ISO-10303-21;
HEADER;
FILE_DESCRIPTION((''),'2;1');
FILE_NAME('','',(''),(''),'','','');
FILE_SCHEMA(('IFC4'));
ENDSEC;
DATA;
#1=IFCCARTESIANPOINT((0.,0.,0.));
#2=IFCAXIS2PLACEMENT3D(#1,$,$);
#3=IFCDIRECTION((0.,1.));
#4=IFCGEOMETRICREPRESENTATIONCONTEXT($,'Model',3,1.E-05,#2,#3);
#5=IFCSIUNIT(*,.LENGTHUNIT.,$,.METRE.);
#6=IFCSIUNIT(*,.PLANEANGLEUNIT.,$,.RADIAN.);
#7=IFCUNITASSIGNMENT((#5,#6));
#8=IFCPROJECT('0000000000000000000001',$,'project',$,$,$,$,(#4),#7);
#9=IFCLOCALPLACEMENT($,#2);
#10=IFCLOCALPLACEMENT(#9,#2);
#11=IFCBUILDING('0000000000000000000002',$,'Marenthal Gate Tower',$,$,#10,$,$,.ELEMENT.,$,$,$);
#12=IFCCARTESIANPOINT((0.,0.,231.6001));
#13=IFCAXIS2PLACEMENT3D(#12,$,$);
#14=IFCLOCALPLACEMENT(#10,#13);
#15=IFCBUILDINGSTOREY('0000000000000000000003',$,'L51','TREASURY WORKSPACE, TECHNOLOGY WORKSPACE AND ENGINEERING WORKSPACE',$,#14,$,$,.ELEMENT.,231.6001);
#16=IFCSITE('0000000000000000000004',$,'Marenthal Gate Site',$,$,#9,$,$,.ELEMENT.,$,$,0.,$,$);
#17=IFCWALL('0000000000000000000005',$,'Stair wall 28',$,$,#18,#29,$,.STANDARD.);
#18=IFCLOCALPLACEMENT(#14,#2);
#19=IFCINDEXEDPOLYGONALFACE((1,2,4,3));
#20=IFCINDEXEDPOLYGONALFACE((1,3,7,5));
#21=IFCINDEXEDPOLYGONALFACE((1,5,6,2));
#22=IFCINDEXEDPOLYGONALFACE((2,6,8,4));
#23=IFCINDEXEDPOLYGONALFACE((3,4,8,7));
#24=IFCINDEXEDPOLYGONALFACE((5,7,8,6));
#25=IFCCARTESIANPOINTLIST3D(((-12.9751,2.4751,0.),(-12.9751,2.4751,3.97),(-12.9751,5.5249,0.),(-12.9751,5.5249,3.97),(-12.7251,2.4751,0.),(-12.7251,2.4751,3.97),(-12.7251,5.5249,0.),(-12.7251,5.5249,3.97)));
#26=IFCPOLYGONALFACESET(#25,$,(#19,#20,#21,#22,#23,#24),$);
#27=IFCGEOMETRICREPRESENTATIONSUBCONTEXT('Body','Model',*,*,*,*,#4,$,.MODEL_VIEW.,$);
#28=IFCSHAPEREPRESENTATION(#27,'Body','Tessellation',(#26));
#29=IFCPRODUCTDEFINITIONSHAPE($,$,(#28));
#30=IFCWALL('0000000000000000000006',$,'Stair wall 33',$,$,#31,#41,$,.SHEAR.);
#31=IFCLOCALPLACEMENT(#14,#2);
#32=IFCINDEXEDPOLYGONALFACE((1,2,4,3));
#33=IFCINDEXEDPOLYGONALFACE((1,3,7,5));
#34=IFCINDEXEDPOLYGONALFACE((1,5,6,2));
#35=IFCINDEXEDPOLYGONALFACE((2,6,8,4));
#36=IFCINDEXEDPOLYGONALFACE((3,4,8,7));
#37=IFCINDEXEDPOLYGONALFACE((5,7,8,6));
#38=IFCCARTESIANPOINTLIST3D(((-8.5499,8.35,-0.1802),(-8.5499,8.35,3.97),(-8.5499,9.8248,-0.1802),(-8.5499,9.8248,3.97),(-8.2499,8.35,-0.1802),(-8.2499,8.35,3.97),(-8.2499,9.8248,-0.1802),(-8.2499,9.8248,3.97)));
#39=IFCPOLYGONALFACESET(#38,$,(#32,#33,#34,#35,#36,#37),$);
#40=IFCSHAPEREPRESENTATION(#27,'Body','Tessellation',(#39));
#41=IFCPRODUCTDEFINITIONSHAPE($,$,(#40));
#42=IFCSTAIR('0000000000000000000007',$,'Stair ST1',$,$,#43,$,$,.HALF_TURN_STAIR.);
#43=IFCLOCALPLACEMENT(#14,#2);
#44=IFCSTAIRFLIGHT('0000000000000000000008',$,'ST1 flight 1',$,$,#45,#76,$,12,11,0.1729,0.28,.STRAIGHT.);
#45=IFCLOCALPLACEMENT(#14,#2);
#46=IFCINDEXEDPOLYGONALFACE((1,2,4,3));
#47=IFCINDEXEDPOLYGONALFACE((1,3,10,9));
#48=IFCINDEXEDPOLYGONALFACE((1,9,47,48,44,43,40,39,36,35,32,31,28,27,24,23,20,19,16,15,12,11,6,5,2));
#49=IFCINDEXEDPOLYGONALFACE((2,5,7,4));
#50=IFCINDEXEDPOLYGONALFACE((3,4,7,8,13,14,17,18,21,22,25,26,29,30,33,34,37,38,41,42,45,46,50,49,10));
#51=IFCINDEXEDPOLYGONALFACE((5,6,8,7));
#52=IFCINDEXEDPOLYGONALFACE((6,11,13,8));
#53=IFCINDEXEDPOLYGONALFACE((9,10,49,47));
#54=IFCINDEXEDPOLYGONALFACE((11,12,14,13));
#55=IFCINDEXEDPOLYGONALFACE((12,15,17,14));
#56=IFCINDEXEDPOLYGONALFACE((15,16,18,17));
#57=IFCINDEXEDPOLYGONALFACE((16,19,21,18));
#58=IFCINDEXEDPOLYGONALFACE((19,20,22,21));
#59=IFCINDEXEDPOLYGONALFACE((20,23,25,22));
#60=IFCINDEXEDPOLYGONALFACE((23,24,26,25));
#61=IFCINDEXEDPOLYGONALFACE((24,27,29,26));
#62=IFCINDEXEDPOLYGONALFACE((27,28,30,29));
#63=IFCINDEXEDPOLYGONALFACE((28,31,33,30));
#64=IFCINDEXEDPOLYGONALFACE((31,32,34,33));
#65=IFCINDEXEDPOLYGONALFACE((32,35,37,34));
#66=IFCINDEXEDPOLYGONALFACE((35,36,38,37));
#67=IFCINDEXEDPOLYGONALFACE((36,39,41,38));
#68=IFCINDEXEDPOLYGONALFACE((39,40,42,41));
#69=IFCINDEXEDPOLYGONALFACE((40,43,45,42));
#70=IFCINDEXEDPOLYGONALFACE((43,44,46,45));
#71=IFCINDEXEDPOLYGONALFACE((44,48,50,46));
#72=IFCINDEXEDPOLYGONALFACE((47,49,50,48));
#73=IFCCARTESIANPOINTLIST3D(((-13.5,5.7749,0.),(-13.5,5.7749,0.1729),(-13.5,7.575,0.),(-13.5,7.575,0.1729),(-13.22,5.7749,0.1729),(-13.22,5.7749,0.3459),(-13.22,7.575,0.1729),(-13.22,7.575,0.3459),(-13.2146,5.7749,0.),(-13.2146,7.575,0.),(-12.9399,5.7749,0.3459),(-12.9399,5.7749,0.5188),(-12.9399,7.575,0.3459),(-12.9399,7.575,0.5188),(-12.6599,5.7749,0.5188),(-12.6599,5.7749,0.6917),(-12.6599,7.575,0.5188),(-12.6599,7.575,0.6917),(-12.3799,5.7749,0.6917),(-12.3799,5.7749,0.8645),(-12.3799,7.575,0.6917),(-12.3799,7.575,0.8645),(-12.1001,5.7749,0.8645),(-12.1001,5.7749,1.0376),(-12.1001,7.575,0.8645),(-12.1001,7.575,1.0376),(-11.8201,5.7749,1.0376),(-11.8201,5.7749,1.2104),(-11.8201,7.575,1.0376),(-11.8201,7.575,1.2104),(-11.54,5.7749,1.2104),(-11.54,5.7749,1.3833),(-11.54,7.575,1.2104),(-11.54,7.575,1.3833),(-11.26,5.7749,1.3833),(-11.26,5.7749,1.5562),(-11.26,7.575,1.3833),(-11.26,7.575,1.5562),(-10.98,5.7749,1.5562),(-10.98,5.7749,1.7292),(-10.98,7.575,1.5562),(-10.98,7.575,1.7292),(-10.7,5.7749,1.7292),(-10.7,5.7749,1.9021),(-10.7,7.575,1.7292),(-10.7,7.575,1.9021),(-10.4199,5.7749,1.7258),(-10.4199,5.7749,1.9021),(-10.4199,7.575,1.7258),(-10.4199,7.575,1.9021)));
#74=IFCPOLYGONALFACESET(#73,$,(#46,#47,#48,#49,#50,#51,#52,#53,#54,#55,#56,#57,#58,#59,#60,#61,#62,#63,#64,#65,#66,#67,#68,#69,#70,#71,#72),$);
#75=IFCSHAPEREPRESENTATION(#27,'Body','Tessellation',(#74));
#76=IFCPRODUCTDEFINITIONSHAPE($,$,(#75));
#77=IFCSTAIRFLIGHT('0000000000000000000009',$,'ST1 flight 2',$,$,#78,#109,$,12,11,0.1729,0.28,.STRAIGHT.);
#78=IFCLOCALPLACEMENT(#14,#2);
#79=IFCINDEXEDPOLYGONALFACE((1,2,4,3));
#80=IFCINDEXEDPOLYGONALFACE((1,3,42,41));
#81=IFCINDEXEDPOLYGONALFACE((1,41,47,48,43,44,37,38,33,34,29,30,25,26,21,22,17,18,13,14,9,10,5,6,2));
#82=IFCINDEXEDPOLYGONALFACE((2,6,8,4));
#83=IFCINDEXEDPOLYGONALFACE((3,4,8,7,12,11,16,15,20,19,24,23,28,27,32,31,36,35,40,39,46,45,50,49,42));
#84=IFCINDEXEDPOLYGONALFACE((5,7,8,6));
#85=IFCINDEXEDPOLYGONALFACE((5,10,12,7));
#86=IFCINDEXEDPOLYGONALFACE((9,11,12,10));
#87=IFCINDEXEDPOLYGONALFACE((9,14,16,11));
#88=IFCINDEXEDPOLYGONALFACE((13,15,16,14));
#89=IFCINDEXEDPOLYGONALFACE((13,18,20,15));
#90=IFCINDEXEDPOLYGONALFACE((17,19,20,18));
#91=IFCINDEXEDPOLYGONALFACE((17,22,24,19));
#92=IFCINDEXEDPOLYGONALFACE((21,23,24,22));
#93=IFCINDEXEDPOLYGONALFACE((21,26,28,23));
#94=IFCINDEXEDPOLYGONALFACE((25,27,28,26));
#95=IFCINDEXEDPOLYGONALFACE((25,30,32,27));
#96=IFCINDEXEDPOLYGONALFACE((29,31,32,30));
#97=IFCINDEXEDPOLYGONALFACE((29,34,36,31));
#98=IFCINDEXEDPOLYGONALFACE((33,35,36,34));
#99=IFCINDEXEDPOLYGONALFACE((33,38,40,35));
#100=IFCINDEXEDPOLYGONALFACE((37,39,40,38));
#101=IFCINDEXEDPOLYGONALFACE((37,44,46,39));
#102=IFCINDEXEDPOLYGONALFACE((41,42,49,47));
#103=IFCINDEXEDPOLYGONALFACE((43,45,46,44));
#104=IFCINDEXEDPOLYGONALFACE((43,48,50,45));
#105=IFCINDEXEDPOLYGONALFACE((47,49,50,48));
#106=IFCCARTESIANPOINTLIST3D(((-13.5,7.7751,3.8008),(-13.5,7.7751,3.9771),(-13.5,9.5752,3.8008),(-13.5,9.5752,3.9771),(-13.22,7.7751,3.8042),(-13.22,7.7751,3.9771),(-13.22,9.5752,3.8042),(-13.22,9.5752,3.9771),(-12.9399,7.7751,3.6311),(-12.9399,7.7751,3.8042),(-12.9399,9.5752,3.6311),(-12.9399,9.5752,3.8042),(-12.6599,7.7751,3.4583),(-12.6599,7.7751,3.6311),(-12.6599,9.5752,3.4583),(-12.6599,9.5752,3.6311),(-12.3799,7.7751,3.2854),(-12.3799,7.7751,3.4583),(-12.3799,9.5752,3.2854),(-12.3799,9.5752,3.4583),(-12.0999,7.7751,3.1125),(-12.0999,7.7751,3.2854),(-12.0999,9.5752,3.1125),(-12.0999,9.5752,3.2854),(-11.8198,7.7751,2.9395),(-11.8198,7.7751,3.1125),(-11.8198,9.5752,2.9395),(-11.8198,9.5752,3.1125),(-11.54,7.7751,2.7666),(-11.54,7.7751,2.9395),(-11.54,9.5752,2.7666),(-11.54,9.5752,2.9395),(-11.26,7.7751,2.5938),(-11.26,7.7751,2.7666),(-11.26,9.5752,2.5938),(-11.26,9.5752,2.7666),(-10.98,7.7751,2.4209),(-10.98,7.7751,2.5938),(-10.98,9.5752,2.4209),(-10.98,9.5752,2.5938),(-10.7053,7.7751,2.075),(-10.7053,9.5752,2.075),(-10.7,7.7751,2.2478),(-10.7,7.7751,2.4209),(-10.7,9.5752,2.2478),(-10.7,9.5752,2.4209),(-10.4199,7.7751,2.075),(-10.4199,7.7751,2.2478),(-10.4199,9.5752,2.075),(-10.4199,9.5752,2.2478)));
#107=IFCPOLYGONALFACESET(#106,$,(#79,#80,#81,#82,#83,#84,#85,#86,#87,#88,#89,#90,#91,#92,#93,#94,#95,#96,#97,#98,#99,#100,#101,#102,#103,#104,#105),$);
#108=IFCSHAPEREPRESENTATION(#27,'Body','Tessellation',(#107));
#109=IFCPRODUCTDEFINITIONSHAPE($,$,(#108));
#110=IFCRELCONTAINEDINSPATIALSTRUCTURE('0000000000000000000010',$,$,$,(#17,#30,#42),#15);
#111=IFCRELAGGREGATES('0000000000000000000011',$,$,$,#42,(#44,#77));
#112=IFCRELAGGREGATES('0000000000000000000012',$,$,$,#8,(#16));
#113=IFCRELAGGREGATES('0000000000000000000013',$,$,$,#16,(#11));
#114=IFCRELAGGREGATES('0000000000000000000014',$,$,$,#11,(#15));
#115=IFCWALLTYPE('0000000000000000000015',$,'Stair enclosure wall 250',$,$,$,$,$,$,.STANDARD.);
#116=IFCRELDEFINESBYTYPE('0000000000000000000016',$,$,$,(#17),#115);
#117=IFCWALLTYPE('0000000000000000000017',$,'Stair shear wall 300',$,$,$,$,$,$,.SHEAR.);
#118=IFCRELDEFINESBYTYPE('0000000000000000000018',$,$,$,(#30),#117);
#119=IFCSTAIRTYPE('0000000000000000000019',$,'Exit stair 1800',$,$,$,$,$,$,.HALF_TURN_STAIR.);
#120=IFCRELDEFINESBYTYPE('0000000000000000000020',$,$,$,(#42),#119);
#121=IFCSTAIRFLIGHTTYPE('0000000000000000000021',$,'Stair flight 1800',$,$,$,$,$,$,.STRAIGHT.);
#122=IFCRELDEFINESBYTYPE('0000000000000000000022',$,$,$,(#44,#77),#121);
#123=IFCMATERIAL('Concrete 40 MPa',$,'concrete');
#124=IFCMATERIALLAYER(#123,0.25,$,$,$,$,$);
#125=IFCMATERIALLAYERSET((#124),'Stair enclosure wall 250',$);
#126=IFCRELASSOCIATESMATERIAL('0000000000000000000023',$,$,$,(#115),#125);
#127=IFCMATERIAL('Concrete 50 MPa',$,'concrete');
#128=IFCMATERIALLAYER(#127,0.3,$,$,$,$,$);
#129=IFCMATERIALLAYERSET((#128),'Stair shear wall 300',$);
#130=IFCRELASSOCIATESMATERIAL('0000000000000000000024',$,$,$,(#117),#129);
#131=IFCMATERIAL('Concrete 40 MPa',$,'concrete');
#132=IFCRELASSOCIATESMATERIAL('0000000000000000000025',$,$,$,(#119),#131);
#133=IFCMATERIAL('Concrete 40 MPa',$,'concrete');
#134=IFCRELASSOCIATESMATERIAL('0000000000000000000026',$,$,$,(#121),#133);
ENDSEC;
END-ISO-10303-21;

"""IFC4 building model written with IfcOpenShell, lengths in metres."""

from ifc_helpers import new_model, si_unit, direction, frame, frame_2d, origin, place, context, subcontext, project, spatial, polyline, rectangle, outline, extrude, material, layer, layer_set, type_object, element, aggregate, save


model = new_model("IFC4")

# Units and contexts
model_context = context("Model", 3, precision=1e-05, world=origin(), true_north=direction((0.0, 1.0)))
body_context = subcontext(model_context, "Body", "Model", "MODEL_VIEW")
ifc_project = project(units=[si_unit("LENGTHUNIT", "METRE"), si_unit("PLANEANGLEUNIT", "RADIAN")], contexts=[model_context])

# Site, building, storey
site_placement = place(None, origin())
site = spatial("IfcSite", under=ifc_project, at=site_placement, Name="Marenthal Gate Site", CompositionType="ELEMENT", RefElevation=0.0)
building_placement = place(site_placement, origin())
building = spatial("IfcBuilding", under=site, at=building_placement, Name="Marenthal Gate Tower", CompositionType="ELEMENT")
storey_placement = place(building_placement, frame((0.0, 0.0, 231.6001)))
storey = spatial("IfcBuildingStorey", under=building, at=storey_placement, Name="L51", Description="TREASURY WORKSPACE, TECHNOLOGY WORKSPACE AND ENGINEERING WORKSPACE", CompositionType="ELEMENT", Elevation=231.6001)

# Walls
ifc_material_1 = material(Name="Concrete 40 MPa", Category="concrete")
ifc_layer_1 = layer(ifc_material_1, 0.25)
ifc_layer_set_1 = layer_set([ifc_layer_1], Name="Stair enclosure wall 250")
wall_type_1 = type_object("IfcWallType", Name="Stair enclosure wall 250", PredefinedType="STANDARD", material=ifc_layer_set_1)
wall_1_placement = place(storey_placement, frame((-12.8501, 2.4751, 0.0), z_axis=(0.0, 0.0, 1.0), x_axis=(0.0, 1.0, 0.0)))
element("IfcWall", 1, at=wall_1_placement, inside=storey, type_object=wall_type_1, Name="Stair wall 28", PredefinedType="STANDARD", context=body_context, shape_type="SweptSolid", body=[
    extrude(rectangle(XDim=3.0498, YDim=0.25, at=frame_2d((1.5249, 0.0))), origin(), (0.0, 0.0, 1.0), 3.97),
])
ifc_material_2 = material(Name="Concrete 50 MPa", Category="concrete")
ifc_layer_2 = layer(ifc_material_2, 0.3)
ifc_layer_set_2 = layer_set([ifc_layer_2], Name="Stair shear wall 300")
wall_type_2 = type_object("IfcWallType", Name="Stair shear wall 300", PredefinedType="SHEAR", material=ifc_layer_set_2)
wall_2_placement = place(storey_placement, frame((-8.3999, 8.3501, -0.1802), z_axis=(0.0, 0.0, 1.0), x_axis=(0.0, 1.0, 0.0)))
element("IfcWall", 2, at=wall_2_placement, inside=storey, type_object=wall_type_2, Name="Stair wall 33", PredefinedType="SHEAR", context=body_context, shape_type="SweptSolid", body=[
    extrude(rectangle(XDim=1.4749, YDim=0.3, at=frame_2d((0.7373, 0.0))), origin(), (0.0, 0.0, 1.0), 4.1501),
])

# Stair, stair flights
ifc_material_3 = material(Name="Concrete 40 MPa", Category="concrete")
stair_type = type_object("IfcStairType", Name="Exit stair 1800", PredefinedType="HALF_TURN_STAIR", material=ifc_material_3)
stair_placement = place(storey_placement, origin())
stair = element("IfcStair", 3, at=stair_placement, inside=storey, type_object=stair_type, Name="Stair ST1", PredefinedType="HALF_TURN_STAIR")
ifc_material_4 = material(Name="Concrete 40 MPa", Category="concrete")
stair_flight_type = type_object("IfcStairFlightType", Name="Stair flight 1800", PredefinedType="STRAIGHT", material=ifc_material_4)
stair_flight_1_placement = place(storey_placement, frame((-13.5, 6.675, 0.0), z_axis=(0.0, 0.0, 1.0), x_axis=(1.0, 0.0, 0.0)))
stair_flight_1 = element("IfcStairFlight", 4, at=stair_flight_1_placement, type_object=stair_flight_type, Name="ST1 flight 1", NumberOfRisers=12, NumberOfTreads=11, PredefinedType="STRAIGHT", RiserHeight=0.1729, TreadLength=0.28, context=body_context, shape_type="SweptSolid", body=[
    extrude(outline(polyline([(0.0, 0.0), (0.0, 0.1729), (0.28, 0.1729), (0.28, 0.3459), (0.5601, 0.3459), (0.5601, 0.5188), (0.8401, 0.5188), (0.8401, 0.6917), (1.1201, 0.6917), (1.1201, 0.8645), (1.3999, 0.8645), (1.3999, 1.0376), (1.6799, 1.0376), (1.6799, 1.2104), (1.96, 1.2104), (1.96, 1.3833), (2.24, 1.3833), (2.24, 1.5562), (2.52, 1.5562), (2.52, 1.7292), (2.8, 1.7292), (2.8, 1.9021), (3.0801, 1.9021), (3.0801, 2.075), (3.0801, 1.7258), (0.2854, 0.0), (0.0, 0.0)])), frame((0.0, 0.8999, 0.0), z_axis=(0.0, -1.0, 0.0), x_axis=(1.0, 0.0, 0.0)), (0.0, 0.0, 1.0), 1.8),
])
stair_flight_2_placement = place(storey_placement, frame((-10.4199, 8.675, 2.075), z_axis=(0.0, 0.0, 1.0), x_axis=(-1.0, 0.0, 0.0)))
stair_flight_2 = element("IfcStairFlight", 5, at=stair_flight_2_placement, type_object=stair_flight_type, Name="ST1 flight 2", NumberOfRisers=12, NumberOfTreads=11, PredefinedType="STRAIGHT", RiserHeight=0.1729, TreadLength=0.28, context=body_context, shape_type="SweptSolid", body=[
    extrude(outline(polyline([(0.0, 0.0), (0.0, 0.1729), (0.28, 0.1729), (0.28, 0.3459), (0.5601, 0.3459), (0.5601, 0.5188), (0.8401, 0.5188), (0.8401, 0.6917), (1.1201, 0.6917), (1.1201, 0.8645), (1.3999, 0.8645), (1.3999, 1.0376), (1.6799, 1.0376), (1.6799, 1.2104), (1.96, 1.2104), (1.96, 1.3833), (2.24, 1.3833), (2.24, 1.5562), (2.52, 1.5562), (2.52, 1.7292), (2.8, 1.7292), (2.8, 1.9021), (3.0801, 1.9021), (3.0801, 2.075), (3.0801, 1.7258), (0.2854, 0.0), (0.0, 0.0)])), frame((0.0, 0.8999, 0.0), z_axis=(0.0, -1.0, 0.0), x_axis=(1.0, 0.0, 0.0)), (0.0, 0.0, 1.0), 1.8),
])
aggregate(stair, [stair_flight_1, stair_flight_2])

save(model, "model.ifc")
